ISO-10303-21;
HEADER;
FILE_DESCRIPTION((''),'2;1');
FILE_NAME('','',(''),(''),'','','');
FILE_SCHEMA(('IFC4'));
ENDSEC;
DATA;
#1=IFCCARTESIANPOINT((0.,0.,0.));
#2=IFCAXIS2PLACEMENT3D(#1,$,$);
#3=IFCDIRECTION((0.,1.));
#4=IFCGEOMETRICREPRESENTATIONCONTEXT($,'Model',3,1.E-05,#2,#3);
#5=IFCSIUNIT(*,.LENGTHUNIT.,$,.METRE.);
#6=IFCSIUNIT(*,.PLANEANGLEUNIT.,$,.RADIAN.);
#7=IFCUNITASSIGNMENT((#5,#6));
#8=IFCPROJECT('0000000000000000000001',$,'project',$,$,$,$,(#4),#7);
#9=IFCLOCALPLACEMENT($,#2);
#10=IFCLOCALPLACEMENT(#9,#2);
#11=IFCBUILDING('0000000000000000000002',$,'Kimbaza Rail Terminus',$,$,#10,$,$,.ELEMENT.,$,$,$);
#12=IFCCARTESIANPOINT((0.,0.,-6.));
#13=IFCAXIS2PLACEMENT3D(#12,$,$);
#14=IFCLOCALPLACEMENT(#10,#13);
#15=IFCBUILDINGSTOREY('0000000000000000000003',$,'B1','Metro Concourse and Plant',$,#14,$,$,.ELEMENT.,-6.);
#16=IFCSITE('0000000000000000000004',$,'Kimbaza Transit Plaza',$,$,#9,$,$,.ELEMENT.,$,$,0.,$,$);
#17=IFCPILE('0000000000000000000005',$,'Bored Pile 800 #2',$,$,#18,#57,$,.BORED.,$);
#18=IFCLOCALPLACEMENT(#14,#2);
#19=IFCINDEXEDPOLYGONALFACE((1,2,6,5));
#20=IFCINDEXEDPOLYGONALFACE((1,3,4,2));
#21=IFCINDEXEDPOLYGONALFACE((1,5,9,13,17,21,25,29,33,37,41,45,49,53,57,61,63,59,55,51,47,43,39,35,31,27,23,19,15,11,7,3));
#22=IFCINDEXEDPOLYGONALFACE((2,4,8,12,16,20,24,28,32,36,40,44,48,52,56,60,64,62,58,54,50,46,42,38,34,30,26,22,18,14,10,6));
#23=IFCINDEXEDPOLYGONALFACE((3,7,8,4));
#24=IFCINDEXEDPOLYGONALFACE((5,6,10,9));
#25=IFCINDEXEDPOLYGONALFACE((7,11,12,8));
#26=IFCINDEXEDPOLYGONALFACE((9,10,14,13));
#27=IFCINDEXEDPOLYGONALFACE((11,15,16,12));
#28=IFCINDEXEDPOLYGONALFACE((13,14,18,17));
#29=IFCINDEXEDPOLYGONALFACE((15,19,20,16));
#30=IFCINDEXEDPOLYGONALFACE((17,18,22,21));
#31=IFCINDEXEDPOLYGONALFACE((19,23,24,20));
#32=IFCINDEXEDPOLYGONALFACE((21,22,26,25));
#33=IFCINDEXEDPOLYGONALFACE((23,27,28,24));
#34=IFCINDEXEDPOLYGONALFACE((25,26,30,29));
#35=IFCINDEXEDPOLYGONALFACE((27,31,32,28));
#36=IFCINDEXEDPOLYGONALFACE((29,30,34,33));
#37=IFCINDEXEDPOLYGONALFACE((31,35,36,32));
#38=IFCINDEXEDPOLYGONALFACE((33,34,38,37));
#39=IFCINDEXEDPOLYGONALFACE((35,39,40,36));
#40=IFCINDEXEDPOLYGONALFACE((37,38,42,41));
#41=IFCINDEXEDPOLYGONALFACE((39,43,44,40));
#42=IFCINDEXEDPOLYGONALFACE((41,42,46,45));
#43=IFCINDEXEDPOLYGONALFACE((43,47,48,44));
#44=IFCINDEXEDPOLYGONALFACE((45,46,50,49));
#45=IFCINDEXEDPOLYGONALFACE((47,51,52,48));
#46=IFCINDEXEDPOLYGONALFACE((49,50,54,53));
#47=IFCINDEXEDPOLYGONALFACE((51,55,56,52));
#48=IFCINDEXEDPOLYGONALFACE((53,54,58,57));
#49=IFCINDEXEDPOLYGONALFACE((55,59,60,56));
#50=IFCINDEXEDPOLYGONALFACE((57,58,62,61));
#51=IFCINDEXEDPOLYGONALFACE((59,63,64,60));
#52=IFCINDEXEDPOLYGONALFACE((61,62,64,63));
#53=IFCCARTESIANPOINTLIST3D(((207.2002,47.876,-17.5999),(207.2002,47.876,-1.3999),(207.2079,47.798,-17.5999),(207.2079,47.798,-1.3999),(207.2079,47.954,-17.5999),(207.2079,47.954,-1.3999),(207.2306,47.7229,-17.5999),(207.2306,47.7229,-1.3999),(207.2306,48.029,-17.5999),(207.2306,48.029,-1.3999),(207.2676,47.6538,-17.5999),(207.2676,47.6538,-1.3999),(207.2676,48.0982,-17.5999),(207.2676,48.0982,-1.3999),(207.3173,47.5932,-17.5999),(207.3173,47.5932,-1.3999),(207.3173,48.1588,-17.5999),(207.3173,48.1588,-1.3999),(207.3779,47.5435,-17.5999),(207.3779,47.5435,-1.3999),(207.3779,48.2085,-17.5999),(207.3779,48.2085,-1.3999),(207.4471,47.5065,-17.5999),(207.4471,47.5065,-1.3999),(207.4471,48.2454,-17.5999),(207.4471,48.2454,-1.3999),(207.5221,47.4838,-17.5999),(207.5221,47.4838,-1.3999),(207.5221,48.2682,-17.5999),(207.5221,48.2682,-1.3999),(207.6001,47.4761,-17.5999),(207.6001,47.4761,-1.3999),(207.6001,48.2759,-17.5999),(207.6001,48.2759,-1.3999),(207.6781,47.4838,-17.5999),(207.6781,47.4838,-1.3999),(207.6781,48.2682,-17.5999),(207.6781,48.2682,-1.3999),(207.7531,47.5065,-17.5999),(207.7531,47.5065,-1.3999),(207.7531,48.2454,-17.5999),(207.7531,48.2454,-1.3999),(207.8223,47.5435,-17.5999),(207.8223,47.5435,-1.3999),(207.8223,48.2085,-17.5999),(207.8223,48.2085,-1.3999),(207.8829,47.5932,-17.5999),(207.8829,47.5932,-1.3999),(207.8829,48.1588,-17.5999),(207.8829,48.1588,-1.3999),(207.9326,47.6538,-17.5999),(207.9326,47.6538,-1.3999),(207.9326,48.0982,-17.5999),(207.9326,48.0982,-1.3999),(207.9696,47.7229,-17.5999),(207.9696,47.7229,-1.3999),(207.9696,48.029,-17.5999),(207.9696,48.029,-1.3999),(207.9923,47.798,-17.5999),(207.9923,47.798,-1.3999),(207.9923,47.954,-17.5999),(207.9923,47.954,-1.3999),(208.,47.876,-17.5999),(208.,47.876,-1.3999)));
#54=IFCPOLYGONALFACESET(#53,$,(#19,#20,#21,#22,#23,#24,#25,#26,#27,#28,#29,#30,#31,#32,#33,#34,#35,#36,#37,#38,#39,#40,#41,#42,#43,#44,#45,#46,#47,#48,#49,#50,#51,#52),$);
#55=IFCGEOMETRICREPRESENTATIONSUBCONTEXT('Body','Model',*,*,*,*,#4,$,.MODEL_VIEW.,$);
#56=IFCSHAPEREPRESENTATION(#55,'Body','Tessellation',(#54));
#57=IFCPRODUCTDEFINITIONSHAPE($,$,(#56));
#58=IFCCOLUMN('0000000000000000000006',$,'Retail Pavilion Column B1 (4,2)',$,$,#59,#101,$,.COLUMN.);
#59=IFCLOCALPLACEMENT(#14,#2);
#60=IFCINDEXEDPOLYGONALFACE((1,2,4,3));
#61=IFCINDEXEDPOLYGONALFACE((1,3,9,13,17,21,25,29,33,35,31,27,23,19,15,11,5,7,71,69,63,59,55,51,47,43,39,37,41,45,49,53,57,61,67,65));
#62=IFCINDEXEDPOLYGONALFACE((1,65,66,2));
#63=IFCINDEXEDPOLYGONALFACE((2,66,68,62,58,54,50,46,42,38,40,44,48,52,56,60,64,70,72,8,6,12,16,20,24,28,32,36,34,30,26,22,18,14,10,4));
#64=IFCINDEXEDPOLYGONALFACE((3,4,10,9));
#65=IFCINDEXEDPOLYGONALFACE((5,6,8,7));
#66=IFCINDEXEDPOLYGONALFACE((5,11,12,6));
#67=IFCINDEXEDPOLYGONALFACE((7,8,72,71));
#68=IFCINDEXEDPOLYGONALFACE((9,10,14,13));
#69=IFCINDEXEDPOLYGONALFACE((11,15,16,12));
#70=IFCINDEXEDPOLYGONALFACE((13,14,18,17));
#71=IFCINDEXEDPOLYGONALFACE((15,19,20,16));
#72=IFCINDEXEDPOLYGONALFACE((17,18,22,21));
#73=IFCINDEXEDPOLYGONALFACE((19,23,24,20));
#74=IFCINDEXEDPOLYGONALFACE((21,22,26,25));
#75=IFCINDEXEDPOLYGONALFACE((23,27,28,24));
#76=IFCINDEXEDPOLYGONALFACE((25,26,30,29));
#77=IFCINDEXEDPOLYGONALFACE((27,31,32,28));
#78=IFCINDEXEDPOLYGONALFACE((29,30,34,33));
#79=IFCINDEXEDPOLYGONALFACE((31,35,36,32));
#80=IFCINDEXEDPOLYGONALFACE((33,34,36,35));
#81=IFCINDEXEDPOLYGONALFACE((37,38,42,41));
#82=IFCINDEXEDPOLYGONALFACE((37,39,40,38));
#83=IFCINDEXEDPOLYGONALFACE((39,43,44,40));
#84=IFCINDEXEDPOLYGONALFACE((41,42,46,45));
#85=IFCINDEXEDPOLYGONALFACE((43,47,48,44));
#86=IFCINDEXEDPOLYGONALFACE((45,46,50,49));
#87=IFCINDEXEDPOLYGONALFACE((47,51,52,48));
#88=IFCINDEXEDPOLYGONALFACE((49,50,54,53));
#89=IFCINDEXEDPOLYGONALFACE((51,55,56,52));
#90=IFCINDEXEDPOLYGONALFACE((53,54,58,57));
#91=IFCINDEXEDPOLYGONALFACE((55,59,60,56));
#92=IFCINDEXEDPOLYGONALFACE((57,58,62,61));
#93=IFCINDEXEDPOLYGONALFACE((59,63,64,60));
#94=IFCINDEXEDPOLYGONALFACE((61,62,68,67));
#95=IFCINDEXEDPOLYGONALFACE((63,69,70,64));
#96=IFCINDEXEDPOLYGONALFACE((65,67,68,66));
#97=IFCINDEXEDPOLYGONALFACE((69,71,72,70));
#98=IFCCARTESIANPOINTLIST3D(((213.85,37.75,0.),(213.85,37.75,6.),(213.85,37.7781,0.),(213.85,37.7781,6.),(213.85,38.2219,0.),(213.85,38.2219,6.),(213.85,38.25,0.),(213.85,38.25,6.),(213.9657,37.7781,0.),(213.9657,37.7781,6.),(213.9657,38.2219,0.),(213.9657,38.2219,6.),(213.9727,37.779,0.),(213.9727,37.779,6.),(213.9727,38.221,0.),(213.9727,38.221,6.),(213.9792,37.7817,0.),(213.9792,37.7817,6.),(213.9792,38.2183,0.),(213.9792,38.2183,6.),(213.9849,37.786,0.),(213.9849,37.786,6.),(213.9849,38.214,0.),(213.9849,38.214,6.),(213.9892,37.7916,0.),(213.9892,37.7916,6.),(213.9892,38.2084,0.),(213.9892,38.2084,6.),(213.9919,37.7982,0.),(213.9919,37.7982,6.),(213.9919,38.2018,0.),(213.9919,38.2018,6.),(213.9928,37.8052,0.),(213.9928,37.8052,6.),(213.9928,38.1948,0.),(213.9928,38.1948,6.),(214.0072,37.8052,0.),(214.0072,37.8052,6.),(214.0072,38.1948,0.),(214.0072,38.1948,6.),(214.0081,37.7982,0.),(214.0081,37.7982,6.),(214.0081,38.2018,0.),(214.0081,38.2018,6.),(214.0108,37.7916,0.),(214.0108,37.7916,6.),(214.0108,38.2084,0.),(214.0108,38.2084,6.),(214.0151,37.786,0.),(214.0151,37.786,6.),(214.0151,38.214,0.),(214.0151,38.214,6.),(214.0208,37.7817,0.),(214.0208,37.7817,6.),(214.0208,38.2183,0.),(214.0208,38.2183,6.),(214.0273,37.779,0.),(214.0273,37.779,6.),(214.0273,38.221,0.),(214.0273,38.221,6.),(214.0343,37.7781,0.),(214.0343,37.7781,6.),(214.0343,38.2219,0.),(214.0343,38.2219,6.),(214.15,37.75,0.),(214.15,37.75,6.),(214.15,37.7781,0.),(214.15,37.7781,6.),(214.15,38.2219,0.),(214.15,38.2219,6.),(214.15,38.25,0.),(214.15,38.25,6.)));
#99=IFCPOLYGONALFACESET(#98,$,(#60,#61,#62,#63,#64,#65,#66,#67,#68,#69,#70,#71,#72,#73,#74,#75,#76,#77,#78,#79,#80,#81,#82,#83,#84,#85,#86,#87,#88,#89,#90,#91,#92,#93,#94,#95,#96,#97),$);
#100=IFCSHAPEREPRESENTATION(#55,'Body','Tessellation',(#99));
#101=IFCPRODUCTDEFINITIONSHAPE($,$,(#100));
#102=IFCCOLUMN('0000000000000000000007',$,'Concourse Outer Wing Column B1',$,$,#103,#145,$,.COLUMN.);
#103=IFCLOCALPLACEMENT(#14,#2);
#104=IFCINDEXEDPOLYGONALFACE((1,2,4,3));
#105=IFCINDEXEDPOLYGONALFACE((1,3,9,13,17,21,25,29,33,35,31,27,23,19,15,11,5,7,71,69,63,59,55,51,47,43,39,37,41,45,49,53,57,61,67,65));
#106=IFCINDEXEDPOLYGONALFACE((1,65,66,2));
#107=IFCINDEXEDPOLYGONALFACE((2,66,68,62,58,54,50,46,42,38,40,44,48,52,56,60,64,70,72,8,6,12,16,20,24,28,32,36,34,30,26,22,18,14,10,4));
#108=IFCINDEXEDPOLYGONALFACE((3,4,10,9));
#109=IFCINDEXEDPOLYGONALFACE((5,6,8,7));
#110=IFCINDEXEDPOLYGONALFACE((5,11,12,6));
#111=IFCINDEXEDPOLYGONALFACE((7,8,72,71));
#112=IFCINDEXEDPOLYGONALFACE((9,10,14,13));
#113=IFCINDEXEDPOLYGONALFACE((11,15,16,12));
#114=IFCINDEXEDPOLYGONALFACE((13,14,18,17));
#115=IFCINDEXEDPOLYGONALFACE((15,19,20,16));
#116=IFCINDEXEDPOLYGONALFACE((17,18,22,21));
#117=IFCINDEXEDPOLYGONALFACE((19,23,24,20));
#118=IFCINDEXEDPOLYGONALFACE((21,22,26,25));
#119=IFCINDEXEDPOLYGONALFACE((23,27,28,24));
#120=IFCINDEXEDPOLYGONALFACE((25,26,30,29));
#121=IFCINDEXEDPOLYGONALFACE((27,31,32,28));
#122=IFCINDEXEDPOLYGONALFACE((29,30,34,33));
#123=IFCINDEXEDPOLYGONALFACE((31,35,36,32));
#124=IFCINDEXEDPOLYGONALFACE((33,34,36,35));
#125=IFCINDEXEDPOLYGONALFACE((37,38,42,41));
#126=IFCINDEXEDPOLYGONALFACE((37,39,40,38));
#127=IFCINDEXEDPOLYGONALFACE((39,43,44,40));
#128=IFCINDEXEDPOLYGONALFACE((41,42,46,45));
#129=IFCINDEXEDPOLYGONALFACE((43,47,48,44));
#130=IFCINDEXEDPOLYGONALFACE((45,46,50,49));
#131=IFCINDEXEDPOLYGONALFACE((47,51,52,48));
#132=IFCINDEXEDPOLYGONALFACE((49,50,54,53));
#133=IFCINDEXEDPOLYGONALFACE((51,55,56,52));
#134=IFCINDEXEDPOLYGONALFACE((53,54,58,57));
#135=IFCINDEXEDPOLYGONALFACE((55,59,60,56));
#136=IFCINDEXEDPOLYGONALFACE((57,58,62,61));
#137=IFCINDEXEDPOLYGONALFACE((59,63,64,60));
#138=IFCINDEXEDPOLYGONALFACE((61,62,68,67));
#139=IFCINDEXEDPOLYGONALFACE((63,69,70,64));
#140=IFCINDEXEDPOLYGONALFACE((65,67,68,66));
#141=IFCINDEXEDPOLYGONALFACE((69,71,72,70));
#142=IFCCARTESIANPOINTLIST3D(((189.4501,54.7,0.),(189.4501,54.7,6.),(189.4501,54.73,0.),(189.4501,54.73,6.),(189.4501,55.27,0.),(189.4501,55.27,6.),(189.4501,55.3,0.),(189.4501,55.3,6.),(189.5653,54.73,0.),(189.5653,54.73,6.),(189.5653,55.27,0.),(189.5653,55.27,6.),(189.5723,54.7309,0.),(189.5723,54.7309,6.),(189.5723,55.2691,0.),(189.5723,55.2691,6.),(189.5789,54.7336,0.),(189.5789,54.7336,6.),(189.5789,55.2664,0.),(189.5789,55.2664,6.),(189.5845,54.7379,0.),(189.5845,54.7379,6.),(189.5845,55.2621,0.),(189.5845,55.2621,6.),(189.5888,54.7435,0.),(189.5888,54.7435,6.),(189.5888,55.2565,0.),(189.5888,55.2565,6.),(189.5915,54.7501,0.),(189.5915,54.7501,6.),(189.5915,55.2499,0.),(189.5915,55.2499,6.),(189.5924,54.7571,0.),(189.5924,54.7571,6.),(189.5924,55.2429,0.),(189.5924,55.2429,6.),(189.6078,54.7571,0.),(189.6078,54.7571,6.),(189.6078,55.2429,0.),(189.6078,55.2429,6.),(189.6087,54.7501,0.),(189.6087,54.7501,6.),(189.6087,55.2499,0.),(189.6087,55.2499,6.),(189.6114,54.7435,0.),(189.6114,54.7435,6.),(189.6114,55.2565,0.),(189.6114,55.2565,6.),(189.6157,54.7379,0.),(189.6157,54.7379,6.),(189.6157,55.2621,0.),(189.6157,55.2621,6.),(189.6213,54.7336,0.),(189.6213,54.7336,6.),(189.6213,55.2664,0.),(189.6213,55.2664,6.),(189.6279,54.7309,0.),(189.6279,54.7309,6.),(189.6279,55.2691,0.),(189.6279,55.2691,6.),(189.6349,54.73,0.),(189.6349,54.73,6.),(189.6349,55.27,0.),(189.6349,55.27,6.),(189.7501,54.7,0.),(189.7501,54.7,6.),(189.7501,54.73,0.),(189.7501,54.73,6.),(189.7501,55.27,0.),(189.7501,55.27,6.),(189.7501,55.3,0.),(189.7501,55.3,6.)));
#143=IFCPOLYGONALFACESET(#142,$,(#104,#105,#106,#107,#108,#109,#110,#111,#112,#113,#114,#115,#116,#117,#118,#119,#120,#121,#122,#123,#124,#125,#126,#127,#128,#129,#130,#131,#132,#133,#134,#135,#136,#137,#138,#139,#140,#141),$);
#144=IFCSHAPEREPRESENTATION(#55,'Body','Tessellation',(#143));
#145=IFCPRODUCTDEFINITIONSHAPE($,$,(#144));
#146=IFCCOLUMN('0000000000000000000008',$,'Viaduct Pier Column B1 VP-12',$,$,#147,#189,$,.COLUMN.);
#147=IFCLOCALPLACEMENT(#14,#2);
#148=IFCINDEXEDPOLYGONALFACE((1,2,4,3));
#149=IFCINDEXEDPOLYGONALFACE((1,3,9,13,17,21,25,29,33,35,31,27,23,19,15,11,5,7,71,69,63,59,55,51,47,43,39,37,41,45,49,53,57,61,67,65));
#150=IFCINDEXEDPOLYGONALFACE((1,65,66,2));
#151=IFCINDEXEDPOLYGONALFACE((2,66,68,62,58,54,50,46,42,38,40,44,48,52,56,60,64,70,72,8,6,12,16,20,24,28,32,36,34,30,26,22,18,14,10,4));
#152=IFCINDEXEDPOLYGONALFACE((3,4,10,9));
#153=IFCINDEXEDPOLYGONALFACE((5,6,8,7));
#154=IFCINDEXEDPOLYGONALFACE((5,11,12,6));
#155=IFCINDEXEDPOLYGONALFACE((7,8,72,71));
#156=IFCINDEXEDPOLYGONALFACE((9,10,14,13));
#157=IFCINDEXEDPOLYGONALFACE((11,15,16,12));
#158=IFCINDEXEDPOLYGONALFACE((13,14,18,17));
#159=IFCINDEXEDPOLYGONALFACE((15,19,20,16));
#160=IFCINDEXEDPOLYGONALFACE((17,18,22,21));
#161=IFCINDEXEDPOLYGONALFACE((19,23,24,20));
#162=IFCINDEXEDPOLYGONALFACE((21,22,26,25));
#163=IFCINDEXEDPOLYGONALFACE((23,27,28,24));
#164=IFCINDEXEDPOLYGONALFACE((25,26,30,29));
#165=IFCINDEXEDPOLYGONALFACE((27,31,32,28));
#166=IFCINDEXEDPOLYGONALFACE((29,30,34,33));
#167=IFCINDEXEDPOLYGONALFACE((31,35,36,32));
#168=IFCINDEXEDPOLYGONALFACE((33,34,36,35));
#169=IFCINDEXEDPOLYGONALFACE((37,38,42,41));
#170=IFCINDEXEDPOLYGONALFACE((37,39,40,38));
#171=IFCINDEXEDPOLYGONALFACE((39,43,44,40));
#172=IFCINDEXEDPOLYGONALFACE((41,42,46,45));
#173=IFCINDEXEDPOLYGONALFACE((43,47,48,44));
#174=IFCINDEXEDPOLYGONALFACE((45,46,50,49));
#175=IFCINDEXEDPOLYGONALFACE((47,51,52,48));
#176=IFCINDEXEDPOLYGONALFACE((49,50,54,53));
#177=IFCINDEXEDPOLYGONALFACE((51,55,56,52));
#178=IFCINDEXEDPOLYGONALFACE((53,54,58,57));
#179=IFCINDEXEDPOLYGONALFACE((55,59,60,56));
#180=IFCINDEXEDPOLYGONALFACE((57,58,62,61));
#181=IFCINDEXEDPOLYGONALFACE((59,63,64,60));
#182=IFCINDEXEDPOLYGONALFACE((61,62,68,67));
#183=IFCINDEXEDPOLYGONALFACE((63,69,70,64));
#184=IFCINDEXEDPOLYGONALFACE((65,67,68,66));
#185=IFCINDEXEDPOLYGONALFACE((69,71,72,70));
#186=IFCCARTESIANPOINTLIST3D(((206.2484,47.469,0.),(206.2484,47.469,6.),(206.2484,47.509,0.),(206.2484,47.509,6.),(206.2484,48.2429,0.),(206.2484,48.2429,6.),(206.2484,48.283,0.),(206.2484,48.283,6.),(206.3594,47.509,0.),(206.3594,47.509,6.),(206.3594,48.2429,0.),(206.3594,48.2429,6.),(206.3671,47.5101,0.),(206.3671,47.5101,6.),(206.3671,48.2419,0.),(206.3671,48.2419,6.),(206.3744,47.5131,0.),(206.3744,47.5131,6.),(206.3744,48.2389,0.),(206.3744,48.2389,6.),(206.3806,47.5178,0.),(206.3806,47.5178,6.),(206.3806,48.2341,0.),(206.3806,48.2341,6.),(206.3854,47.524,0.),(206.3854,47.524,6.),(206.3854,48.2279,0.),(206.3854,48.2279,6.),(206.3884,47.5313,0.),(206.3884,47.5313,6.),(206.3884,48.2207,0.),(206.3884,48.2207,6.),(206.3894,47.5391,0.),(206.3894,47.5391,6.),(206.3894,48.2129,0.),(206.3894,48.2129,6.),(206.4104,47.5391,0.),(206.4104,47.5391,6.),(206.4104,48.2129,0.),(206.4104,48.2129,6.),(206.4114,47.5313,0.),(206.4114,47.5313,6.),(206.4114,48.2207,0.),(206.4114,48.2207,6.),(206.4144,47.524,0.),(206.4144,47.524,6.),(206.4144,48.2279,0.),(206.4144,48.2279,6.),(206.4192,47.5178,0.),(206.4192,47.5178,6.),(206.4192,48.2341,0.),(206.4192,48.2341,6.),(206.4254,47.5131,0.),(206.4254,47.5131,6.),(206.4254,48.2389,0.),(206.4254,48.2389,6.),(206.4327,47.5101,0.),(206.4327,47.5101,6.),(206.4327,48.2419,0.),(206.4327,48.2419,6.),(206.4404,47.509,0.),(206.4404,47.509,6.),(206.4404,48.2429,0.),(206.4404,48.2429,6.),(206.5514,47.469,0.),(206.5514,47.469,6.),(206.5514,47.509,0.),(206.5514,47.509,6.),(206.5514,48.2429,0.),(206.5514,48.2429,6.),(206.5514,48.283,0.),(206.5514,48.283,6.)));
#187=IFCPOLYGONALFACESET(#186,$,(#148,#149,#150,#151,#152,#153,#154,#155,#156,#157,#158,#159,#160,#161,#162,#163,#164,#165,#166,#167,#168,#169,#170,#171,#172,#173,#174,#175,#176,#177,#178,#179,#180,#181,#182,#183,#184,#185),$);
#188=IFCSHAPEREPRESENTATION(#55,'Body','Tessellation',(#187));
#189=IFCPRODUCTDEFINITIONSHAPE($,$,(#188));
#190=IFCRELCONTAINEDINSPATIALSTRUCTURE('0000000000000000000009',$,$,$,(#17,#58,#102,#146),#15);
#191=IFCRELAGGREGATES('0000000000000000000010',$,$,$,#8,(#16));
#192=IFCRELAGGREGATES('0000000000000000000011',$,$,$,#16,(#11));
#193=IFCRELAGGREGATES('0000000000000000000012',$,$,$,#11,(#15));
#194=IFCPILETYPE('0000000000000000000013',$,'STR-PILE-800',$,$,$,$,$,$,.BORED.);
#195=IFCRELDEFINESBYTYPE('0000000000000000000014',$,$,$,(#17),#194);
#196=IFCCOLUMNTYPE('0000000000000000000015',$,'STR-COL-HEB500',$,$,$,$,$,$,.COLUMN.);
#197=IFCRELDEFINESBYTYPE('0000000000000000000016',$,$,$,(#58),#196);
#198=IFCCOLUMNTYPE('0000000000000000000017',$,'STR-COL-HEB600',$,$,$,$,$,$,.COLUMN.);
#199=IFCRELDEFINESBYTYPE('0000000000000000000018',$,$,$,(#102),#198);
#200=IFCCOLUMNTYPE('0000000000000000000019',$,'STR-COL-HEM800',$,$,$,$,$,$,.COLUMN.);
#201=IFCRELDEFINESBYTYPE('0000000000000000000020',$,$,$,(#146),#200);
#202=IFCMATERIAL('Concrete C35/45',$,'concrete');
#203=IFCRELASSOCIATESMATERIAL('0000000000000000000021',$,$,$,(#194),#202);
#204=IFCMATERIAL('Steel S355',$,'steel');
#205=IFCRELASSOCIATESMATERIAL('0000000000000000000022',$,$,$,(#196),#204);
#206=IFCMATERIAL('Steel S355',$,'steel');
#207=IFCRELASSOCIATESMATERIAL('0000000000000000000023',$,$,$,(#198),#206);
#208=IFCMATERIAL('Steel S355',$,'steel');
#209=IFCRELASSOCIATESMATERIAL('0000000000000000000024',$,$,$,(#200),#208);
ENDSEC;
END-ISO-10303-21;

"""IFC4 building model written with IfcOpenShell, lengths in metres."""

from ifc_helpers import new_model, si_unit, direction, frame, origin, origin_2d, place, context, subcontext, project, spatial, circle, i_section, extrude, material, material_profile, profile_set, type_object, element, save


model = new_model("IFC4")

# Units and contexts
model_context = context("Model", 3, precision=1e-05, world=origin(), true_north=direction((0.0, 1.0)))
body_context = subcontext(model_context, "Body", "Model", "MODEL_VIEW")
ifc_project = project(units=[si_unit("LENGTHUNIT", "METRE"), si_unit("PLANEANGLEUNIT", "RADIAN")], contexts=[model_context])

# Site, building, storey
site_placement = place(None, origin())
site = spatial("IfcSite", under=ifc_project, at=site_placement, Name="Kimbaza Transit Plaza", CompositionType="ELEMENT", RefElevation=0.0)
building_placement = place(site_placement, origin())
building = spatial("IfcBuilding", under=site, at=building_placement, Name="Kimbaza Rail Terminus", CompositionType="ELEMENT")
storey_placement = place(building_placement, frame((0.0, 0.0, -6.0)))
storey = spatial("IfcBuildingStorey", under=building, at=storey_placement, Name="B1", Description="Metro Concourse and Plant", CompositionType="ELEMENT", Elevation=-6.0)

# Pile
ifc_material_1 = material(Name="Concrete C35/45", Category="concrete")
ifc_material_profile_1 = material_profile(ifc_material_1, circle(Radius=0.3999, at=origin_2d()), Name="BORED PILE 800")
ifc_profile_set_1 = profile_set([ifc_material_profile_1], Name="Concrete C35/45")
pile_type_1 = type_object("IfcPileType", Name="STR-PILE-800", PredefinedType="BORED", material=ifc_profile_set_1)
for number, where, z_axis, x_axis, name in (
    (1, (207.6001, 47.876, -1.3999), (0.0, 0.0, -1.0), (1.0, 0.0, 0.0), "Bored Pile 800 #2"),
):
    element("IfcPile", number, at=place(storey_placement, frame(where, z_axis=z_axis, x_axis=x_axis)), inside=storey, type_object=pile_type_1, Name=name, PredefinedType="BORED", context=body_context, shape_type="SweptSolid", body=[
        extrude(circle(Radius=0.3999, at=origin_2d()), origin(), (0.0, 0.0, 1.0), 16.2),
    ])

# Columns
ifc_material_2 = material(Name="Steel S355", Category="steel")
ifc_material_profile_2 = material_profile(ifc_material_2, i_section(OverallWidth=0.3, OverallDepth=0.5, WebThickness=0.0144, FlangeThickness=0.0281, FilletRadius=0.0271, at=origin_2d()), Name="HEB 500")
ifc_profile_set_2 = profile_set([ifc_material_profile_2], Name="Steel S355")
column_type_1 = type_object("IfcColumnType", Name="STR-COL-HEB500", PredefinedType="COLUMN", material=ifc_profile_set_2)
column_1_placement = place(storey_placement, frame((214.0, 38.0, 0.0), z_axis=(0.0, 0.0, 1.0), x_axis=(1.0, 0.0, 0.0)))
element("IfcColumn", 2, at=column_1_placement, inside=storey, type_object=column_type_1, Name="Retail Pavilion Column B1 (4,2)", PredefinedType="COLUMN", context=body_context, shape_type="SweptSolid", body=[
    extrude(i_section(OverallWidth=0.3, OverallDepth=0.5, WebThickness=0.0144, FlangeThickness=0.0281, FilletRadius=0.0271, at=origin_2d()), origin(), (0.0, 0.0, 1.0), 6.0),
])
ifc_material_3 = material(Name="Steel S355", Category="steel")
ifc_material_profile_3 = material_profile(ifc_material_3, i_section(OverallWidth=0.3, OverallDepth=0.6001, WebThickness=0.0154, FlangeThickness=0.03, FilletRadius=0.0271, at=origin_2d()), Name="HEB 600")
ifc_profile_set_3 = profile_set([ifc_material_profile_3], Name="Steel S355")
column_type_2 = type_object("IfcColumnType", Name="STR-COL-HEB600", PredefinedType="COLUMN", material=ifc_profile_set_3)
column_2_placement = place(storey_placement, frame((189.6001, 55.0, 0.0), z_axis=(0.0, 0.0, 1.0), x_axis=(1.0, 0.0, 0.0)))
element("IfcColumn", 3, at=column_2_placement, inside=storey, type_object=column_type_2, Name="Concourse Outer Wing Column B1", PredefinedType="COLUMN", context=body_context, shape_type="SweptSolid", body=[
    extrude(i_section(OverallWidth=0.3, OverallDepth=0.6001, WebThickness=0.0154, FlangeThickness=0.03, FilletRadius=0.0271, at=origin_2d()), origin(), (0.0, 0.0, 1.0), 6.0),
])
ifc_material_4 = material(Name="Steel S355", Category="steel")
ifc_material_profile_4 = material_profile(ifc_material_4, i_section(OverallWidth=0.303, OverallDepth=0.814, WebThickness=0.021, FlangeThickness=0.04, FilletRadius=0.03, at=origin_2d()), Name="HEM 800")
ifc_profile_set_4 = profile_set([ifc_material_profile_4], Name="Steel S355")
column_type_3 = type_object("IfcColumnType", Name="STR-COL-HEM800", PredefinedType="COLUMN", material=ifc_profile_set_4)
column_3_placement = place(storey_placement, frame((206.3999, 47.876, 0.0), z_axis=(0.0, 0.0, 1.0), x_axis=(1.0, 0.0, 0.0)))
element("IfcColumn", 4, at=column_3_placement, inside=storey, type_object=column_type_3, Name="Viaduct Pier Column B1 VP-12", PredefinedType="COLUMN", context=body_context, shape_type="SweptSolid", body=[
    extrude(i_section(OverallWidth=0.303, OverallDepth=0.814, WebThickness=0.021, FlangeThickness=0.04, FilletRadius=0.03, at=origin_2d()), origin(), (0.0, 0.0, 1.0), 6.0),
])

save(model, "model.ifc")
